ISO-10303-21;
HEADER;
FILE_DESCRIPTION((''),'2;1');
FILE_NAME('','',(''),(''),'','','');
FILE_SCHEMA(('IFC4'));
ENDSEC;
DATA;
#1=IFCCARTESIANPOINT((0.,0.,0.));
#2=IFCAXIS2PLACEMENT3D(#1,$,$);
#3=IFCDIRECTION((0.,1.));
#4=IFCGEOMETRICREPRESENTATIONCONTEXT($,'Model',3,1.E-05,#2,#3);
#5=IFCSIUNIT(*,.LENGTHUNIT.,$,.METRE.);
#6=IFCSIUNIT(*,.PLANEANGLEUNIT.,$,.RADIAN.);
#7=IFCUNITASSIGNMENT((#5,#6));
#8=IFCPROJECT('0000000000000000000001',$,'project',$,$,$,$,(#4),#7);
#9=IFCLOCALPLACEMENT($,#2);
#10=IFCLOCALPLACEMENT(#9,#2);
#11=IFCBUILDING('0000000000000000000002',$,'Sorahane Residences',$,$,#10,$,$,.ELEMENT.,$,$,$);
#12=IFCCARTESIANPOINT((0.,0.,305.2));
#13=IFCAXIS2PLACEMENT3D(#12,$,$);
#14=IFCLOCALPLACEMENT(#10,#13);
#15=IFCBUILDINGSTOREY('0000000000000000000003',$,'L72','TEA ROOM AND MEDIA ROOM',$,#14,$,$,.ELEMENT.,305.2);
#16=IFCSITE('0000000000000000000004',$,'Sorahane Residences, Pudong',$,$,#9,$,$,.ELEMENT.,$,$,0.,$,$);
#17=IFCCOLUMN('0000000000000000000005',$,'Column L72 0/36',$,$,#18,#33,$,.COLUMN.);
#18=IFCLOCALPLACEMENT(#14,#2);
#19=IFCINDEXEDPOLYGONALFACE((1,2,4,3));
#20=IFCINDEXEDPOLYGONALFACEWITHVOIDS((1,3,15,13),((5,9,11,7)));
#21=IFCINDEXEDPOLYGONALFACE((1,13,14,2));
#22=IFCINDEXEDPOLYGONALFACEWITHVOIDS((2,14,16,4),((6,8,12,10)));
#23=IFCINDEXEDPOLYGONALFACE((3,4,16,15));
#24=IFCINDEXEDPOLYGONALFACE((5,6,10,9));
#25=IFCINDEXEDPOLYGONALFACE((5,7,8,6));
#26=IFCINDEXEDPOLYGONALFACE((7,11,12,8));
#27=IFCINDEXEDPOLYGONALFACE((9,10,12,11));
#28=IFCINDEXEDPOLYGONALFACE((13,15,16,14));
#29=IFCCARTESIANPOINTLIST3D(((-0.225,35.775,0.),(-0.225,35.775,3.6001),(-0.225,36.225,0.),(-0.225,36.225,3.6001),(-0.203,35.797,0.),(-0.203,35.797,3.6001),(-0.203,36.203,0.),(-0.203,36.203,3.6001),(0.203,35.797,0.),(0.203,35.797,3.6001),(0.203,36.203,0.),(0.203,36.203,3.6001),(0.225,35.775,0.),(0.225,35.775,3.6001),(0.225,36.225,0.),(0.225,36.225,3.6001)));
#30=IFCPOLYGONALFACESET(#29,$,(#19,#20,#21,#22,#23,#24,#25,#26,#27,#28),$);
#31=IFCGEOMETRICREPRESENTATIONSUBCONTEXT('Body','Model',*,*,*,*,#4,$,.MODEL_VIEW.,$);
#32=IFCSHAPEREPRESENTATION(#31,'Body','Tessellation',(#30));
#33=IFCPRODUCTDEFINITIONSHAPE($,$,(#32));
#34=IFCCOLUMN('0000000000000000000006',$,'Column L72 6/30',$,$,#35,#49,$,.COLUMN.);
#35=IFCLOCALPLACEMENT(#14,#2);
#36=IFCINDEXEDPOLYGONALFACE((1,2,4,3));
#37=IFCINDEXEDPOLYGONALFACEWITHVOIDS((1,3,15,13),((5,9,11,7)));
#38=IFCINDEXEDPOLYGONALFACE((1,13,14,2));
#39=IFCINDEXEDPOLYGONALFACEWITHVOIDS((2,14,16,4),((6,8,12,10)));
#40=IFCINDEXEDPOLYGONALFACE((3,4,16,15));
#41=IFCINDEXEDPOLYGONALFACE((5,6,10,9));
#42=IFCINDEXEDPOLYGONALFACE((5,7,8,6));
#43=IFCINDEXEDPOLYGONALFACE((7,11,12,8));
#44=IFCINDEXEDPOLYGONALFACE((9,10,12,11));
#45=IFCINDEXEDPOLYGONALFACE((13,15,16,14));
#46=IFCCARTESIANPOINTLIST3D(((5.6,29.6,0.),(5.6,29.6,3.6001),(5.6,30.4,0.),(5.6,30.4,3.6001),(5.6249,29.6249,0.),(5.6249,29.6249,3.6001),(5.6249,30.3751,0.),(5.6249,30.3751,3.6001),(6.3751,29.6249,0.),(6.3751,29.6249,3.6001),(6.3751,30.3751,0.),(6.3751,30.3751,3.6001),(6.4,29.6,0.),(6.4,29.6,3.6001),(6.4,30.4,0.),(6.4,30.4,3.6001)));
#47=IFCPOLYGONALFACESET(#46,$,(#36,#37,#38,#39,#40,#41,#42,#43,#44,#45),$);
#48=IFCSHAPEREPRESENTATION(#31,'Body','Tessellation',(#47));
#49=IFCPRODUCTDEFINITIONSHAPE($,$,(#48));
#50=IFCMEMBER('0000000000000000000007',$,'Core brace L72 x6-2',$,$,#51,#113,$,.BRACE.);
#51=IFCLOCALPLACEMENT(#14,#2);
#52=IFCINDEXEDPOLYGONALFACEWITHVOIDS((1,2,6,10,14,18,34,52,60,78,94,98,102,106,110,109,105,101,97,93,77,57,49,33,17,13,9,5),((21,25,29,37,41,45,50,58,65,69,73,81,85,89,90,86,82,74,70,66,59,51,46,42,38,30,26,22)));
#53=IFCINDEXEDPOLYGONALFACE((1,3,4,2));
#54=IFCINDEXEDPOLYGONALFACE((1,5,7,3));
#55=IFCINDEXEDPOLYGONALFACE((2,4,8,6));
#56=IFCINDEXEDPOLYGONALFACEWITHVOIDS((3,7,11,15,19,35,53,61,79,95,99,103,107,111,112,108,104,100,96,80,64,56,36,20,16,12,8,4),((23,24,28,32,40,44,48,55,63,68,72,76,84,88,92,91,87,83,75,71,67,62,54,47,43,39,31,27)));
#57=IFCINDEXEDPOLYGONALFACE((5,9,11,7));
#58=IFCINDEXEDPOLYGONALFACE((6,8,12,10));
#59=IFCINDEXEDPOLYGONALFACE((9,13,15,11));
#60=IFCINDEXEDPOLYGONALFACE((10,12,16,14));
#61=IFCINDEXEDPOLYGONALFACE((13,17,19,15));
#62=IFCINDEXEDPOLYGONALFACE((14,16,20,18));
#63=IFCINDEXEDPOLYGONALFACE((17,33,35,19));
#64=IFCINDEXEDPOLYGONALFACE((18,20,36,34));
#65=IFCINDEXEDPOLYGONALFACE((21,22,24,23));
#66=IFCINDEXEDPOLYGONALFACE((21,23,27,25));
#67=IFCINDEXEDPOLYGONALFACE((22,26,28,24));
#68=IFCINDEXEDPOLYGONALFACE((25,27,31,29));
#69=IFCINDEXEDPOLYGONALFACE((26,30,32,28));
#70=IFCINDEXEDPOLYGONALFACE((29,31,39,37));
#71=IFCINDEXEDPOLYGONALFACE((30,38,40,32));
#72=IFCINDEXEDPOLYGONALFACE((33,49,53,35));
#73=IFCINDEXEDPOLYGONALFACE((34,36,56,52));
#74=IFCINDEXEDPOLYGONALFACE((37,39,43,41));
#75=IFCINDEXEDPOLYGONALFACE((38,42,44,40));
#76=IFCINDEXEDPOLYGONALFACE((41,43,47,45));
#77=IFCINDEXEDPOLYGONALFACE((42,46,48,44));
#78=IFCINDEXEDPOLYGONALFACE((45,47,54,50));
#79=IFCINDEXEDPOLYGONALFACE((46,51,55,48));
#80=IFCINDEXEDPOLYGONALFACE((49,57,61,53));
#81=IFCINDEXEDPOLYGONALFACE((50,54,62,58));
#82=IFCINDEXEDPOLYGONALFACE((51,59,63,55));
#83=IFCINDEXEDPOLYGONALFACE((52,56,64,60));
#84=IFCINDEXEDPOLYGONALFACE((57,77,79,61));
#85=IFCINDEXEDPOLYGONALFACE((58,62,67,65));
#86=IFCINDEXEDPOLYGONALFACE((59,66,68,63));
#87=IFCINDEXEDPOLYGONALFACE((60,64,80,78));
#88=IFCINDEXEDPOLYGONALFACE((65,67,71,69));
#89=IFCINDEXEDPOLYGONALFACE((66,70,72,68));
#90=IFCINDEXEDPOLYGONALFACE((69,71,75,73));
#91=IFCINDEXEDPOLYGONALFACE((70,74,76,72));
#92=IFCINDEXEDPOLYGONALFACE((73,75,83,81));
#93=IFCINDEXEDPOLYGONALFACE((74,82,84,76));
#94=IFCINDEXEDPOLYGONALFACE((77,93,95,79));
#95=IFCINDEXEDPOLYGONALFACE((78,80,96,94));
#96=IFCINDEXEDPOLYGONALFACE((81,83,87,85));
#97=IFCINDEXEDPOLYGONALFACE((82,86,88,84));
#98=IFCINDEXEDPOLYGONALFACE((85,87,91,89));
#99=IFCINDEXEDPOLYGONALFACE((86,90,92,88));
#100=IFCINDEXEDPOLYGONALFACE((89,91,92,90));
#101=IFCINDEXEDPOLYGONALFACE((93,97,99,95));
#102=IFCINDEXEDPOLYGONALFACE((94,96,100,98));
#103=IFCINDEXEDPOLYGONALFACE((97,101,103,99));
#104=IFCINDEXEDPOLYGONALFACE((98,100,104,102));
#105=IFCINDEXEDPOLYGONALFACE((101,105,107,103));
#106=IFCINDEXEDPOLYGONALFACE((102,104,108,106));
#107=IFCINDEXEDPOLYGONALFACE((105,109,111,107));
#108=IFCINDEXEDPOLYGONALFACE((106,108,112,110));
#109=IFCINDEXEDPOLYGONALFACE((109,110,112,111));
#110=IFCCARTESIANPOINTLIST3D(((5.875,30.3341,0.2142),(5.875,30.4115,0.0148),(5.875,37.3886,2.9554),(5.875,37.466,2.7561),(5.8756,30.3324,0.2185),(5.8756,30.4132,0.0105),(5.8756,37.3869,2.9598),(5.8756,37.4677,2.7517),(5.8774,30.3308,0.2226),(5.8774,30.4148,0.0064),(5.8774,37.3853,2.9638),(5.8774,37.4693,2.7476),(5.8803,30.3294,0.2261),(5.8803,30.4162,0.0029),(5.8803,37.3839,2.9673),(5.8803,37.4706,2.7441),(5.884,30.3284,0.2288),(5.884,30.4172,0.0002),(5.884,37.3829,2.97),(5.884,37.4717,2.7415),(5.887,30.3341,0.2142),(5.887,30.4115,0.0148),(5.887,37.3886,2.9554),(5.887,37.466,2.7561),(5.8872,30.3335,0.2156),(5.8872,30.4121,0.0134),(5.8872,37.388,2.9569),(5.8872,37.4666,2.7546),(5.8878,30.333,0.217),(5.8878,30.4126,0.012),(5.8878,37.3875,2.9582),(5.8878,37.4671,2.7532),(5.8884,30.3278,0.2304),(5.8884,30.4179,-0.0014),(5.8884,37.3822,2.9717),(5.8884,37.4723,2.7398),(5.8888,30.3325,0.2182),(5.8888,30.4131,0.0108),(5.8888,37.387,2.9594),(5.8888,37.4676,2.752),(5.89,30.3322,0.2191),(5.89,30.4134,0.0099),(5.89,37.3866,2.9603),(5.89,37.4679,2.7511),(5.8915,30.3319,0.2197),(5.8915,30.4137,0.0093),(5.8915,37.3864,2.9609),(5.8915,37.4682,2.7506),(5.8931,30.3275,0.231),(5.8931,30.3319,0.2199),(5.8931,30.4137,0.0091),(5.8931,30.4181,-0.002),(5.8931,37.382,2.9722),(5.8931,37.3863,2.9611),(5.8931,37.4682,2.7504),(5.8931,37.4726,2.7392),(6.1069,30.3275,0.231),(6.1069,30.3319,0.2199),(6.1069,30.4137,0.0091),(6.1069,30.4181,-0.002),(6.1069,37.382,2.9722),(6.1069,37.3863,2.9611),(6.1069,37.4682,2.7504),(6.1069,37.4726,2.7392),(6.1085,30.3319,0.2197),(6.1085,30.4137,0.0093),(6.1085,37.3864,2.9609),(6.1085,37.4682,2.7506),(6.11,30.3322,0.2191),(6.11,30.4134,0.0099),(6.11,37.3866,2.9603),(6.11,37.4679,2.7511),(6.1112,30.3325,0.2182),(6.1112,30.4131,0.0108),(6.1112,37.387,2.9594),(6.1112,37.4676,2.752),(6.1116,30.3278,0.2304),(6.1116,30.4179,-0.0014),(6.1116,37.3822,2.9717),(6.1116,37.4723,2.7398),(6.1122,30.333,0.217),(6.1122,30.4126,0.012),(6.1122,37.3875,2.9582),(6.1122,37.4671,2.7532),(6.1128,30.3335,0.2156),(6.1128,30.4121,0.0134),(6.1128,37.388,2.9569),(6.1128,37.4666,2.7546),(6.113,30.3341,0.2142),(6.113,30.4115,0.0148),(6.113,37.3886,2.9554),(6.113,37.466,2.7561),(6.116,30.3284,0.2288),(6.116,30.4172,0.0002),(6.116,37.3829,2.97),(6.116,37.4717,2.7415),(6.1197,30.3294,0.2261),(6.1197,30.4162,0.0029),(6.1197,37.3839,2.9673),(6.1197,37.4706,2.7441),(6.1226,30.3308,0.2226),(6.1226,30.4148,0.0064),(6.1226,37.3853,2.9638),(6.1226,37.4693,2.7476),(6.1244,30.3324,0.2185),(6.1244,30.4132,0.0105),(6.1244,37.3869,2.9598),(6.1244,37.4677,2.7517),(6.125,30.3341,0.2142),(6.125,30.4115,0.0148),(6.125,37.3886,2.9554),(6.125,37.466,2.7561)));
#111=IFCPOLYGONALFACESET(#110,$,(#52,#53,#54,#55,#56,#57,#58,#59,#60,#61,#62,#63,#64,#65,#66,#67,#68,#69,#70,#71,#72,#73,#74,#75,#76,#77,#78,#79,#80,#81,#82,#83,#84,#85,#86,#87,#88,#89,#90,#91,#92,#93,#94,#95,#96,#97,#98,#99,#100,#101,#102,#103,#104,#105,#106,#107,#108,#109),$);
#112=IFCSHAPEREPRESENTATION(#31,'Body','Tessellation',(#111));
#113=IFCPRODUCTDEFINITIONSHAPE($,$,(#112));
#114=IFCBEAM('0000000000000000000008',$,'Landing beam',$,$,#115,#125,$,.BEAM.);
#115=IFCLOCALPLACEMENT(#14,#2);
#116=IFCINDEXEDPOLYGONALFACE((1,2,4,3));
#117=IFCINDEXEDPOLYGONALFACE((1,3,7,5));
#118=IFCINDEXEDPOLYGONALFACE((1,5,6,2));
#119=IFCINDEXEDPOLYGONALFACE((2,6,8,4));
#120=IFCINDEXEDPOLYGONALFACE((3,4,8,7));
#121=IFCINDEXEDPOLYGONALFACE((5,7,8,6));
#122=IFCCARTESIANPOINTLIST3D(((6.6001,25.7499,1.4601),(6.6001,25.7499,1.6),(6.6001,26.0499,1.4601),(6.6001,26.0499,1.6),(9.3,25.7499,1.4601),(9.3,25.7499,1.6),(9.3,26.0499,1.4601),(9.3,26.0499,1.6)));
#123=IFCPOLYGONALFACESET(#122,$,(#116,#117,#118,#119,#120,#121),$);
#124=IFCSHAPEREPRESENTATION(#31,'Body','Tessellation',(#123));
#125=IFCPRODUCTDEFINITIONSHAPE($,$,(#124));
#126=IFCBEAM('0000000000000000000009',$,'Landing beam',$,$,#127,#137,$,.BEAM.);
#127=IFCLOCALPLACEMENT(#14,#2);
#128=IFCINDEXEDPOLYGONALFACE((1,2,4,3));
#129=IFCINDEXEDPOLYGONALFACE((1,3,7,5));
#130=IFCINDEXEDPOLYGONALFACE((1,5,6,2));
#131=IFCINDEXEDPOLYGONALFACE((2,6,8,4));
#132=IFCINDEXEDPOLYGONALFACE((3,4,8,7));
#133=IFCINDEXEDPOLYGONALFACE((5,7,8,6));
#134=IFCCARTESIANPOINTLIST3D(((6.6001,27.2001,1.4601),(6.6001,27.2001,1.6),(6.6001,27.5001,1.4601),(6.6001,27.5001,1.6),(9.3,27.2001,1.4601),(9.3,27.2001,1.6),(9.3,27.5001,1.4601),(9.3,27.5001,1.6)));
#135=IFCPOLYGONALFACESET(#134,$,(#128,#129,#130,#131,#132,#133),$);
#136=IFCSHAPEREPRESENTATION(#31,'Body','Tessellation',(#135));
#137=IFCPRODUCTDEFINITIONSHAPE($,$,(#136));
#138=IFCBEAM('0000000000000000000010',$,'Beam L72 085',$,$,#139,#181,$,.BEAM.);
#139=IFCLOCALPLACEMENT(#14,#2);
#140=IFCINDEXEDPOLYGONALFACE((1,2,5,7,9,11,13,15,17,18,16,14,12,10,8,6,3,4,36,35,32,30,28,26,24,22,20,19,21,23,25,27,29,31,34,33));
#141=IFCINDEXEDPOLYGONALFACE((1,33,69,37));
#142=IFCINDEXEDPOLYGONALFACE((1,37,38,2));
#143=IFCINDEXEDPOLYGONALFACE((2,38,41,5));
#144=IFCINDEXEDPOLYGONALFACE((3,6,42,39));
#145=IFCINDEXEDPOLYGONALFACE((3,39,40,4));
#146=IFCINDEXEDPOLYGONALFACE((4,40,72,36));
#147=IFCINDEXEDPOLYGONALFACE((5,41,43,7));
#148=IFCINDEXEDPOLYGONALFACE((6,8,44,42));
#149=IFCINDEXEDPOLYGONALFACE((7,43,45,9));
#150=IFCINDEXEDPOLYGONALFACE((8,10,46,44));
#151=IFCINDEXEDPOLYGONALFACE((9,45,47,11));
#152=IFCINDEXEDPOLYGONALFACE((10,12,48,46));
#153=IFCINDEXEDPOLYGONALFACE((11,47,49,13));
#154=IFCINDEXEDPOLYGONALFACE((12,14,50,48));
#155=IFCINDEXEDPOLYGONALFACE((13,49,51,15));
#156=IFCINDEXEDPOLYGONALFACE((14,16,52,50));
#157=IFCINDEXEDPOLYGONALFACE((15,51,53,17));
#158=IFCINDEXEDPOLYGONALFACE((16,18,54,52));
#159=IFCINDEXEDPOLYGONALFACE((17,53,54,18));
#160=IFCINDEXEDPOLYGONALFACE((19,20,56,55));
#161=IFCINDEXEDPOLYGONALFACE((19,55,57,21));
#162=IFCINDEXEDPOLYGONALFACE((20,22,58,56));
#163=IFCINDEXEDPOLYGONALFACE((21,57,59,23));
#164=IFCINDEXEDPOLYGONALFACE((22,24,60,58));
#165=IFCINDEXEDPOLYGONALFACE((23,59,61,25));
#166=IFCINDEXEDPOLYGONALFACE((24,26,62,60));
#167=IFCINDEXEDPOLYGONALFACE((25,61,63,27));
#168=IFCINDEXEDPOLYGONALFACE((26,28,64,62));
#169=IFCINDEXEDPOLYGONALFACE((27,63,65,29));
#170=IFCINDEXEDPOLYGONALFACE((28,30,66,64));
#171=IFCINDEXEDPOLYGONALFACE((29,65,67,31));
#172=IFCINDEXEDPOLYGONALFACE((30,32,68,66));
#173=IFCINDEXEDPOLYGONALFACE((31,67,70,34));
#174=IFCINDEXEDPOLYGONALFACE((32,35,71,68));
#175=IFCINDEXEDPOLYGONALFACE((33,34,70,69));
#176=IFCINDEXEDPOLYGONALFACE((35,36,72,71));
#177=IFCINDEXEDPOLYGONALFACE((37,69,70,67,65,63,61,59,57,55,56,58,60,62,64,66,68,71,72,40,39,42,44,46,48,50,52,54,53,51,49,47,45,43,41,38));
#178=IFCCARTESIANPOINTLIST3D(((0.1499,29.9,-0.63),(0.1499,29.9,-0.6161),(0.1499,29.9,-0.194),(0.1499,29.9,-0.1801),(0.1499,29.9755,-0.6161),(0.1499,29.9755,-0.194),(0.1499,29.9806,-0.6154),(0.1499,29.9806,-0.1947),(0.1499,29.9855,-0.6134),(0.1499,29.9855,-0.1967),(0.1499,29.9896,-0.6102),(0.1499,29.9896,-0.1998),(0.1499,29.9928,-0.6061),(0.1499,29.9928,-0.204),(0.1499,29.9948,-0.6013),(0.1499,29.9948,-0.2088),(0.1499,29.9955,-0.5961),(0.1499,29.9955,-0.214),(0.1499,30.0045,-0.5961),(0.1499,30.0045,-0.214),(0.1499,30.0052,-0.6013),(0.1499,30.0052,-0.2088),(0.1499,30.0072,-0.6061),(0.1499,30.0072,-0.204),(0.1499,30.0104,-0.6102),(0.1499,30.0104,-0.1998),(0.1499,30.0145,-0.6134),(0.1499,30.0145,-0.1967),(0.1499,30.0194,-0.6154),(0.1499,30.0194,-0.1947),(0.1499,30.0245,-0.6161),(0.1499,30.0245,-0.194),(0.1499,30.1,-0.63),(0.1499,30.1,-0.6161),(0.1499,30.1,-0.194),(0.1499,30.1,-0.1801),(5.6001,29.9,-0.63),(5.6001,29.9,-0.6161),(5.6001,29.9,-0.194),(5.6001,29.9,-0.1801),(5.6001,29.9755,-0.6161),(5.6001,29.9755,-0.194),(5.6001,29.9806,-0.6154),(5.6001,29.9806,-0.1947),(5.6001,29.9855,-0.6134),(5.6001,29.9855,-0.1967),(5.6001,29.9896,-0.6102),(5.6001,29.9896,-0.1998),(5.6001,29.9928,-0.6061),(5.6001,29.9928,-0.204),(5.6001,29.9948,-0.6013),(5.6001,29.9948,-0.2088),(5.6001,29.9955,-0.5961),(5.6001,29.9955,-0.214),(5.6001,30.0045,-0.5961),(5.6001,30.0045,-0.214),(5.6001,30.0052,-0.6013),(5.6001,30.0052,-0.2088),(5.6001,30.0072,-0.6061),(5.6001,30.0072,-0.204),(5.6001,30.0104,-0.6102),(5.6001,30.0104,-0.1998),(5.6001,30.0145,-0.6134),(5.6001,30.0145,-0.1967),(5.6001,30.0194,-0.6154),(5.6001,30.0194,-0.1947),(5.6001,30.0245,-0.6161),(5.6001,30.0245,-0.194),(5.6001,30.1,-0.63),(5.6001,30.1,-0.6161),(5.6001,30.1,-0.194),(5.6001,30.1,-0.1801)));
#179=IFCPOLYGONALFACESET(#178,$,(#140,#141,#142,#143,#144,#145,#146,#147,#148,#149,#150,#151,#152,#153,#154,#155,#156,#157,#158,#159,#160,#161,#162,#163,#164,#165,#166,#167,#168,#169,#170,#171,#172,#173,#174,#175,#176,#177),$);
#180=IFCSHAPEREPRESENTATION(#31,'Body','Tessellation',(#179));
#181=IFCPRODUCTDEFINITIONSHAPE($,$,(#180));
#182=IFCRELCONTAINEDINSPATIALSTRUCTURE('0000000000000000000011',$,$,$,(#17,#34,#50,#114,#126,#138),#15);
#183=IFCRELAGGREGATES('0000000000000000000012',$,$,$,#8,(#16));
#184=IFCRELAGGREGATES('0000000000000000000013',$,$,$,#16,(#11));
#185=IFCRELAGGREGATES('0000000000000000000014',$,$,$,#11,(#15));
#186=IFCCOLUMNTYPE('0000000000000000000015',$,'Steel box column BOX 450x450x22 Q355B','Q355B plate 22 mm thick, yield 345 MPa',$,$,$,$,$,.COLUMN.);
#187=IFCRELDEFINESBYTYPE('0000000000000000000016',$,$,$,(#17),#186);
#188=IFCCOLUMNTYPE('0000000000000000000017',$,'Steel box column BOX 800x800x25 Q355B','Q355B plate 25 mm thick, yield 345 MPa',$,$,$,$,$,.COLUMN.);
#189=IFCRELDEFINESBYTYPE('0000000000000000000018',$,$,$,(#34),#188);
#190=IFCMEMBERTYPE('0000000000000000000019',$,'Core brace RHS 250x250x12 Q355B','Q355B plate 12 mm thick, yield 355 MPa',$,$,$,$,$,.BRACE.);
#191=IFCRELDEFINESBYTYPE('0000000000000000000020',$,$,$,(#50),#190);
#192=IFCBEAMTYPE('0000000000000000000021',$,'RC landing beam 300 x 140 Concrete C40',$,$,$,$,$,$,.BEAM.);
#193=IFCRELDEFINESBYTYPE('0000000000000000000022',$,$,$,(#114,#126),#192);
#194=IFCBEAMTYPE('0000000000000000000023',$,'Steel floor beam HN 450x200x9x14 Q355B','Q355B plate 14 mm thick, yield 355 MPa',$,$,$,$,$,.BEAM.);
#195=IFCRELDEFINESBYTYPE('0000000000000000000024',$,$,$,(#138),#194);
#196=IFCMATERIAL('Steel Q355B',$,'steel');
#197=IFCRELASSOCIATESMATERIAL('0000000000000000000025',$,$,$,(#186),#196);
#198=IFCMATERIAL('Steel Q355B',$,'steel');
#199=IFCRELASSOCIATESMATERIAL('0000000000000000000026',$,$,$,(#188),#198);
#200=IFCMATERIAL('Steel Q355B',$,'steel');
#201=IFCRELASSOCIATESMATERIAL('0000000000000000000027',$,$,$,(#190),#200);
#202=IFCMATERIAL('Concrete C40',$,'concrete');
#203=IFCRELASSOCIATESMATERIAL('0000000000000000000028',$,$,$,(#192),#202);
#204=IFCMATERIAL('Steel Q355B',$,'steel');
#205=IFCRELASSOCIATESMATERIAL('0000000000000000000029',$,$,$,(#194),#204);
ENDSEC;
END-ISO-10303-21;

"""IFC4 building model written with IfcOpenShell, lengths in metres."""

from ifc_helpers import new_model, si_unit, direction, frame, origin, origin_2d, place, context, subcontext, project, spatial, rectangle, hollow_rectangle, i_section, extrude, material, material_profile, profile_set, type_object, element, save


model = new_model("IFC4")

# Units and contexts
model_context = context("Model", 3, precision=1e-05, world=origin(), true_north=direction((0.0, 1.0)))
body_context = subcontext(model_context, "Body", "Model", "MODEL_VIEW")
ifc_project = project(units=[si_unit("LENGTHUNIT", "METRE"), si_unit("PLANEANGLEUNIT", "RADIAN")], contexts=[model_context])

# Site, building, storey
site_placement = place(None, origin())
site = spatial("IfcSite", under=ifc_project, at=site_placement, Name="Sorahane Residences, Pudong", CompositionType="ELEMENT", RefElevation=0.0)
building_placement = place(site_placement, origin())
building = spatial("IfcBuilding", under=site, at=building_placement, Name="Sorahane Residences", CompositionType="ELEMENT")
storey_placement = place(building_placement, frame((0.0, 0.0, 305.2)))
storey = spatial("IfcBuildingStorey", under=building, at=storey_placement, Name="L72", Description="TEA ROOM AND MEDIA ROOM", CompositionType="ELEMENT", Elevation=305.2)

# Columns
ifc_material_1 = material(Name="Steel Q355B", Category="steel")
ifc_material_profile_1 = material_profile(ifc_material_1, hollow_rectangle(XDim=0.45, YDim=0.45, WallThickness=0.022, at=origin_2d()), Name="BOX 450x450x22")
ifc_profile_set_1 = profile_set([ifc_material_profile_1], Name="Steel Q355B")
column_type_1 = type_object("IfcColumnType", Name="Steel box column BOX 450x450x22 Q355B", Description="Q355B plate 22 mm thick, yield 345 MPa", PredefinedType="COLUMN", material=ifc_profile_set_1)
column_1_placement = place(storey_placement, frame((0.0, 36.0, 0.0), z_axis=(0.0, 0.0, 1.0), x_axis=(1.0, 0.0, 0.0)))
element("IfcColumn", 1, at=column_1_placement, inside=storey, type_object=column_type_1, Name="Column L72 0/36", PredefinedType="COLUMN", context=body_context, shape_type="SweptSolid", body=[
    extrude(hollow_rectangle(XDim=0.45, YDim=0.45, WallThickness=0.022, at=origin_2d()), origin(), (0.0, 0.0, 1.0), 3.6001),
])
ifc_material_2 = material(Name="Steel Q355B", Category="steel")
ifc_material_profile_2 = material_profile(ifc_material_2, hollow_rectangle(XDim=0.8, YDim=0.8, WallThickness=0.0249, at=origin_2d()), Name="BOX 800x800x25")
ifc_profile_set_2 = profile_set([ifc_material_profile_2], Name="Steel Q355B")
column_type_2 = type_object("IfcColumnType", Name="Steel box column BOX 800x800x25 Q355B", Description="Q355B plate 25 mm thick, yield 345 MPa", PredefinedType="COLUMN", material=ifc_profile_set_2)
column_2_placement = place(storey_placement, frame((6.0, 30.0, 0.0), z_axis=(0.0, 0.0, 1.0), x_axis=(1.0, 0.0, 0.0)))
element("IfcColumn", 2, at=column_2_placement, inside=storey, type_object=column_type_2, Name="Column L72 6/30", PredefinedType="COLUMN", context=body_context, shape_type="SweptSolid", body=[
    extrude(hollow_rectangle(XDim=0.8, YDim=0.8, WallThickness=0.0249, at=origin_2d()), origin(), (0.0, 0.0, 1.0), 3.6001),
])

# Member
ifc_material_3 = material(Name="Steel Q355B", Category="steel")
ifc_material_profile_3 = material_profile(ifc_material_3, hollow_rectangle(XDim=0.25, YDim=0.25, WallThickness=0.012, InnerFilletRadius=0.0061, OuterFilletRadius=0.0181, at=origin_2d()), Name="RHS 250x250x12")
ifc_profile_set_3 = profile_set([ifc_material_profile_3], Name="Steel Q355B")
member_type = type_object("IfcMemberType", Name="Core brace RHS 250x250x12 Q355B", Description="Q355B plate 12 mm thick, yield 355 MPa", PredefinedType="BRACE", material=ifc_profile_set_3)
member_placement = place(storey_placement, frame((6.0, 30.3728, 0.1145), z_axis=(0.0, 0.932102, 0.362196), x_axis=(-1.0, 0.0, 0.0)))
element("IfcMember", 3, at=member_placement, inside=storey, type_object=member_type, Name="Core brace L72 x6-2", PredefinedType="BRACE", context=body_context, shape_type="SweptSolid", body=[
    extrude(hollow_rectangle(XDim=0.25, YDim=0.25, WallThickness=0.012, InnerFilletRadius=0.0061, OuterFilletRadius=0.0181, at=origin_2d()), origin(), (0.0, 0.0, 1.0), 7.5684),
])

# Beams
ifc_material_4 = material(Name="Concrete C40", Category="concrete")
ifc_material_profile_4 = material_profile(ifc_material_4, rectangle(XDim=0.3, YDim=0.1399, at=origin_2d()), Name="300x140")
ifc_profile_set_4 = profile_set([ifc_material_profile_4], Name="Concrete C40")
beam_type_1 = type_object("IfcBeamType", Name="RC landing beam 300 x 140 Concrete C40", PredefinedType="BEAM", material=ifc_profile_set_4)
for number, where, z_axis, x_axis, name in (
    (4, (6.6001, 25.8999, 1.53), (1.0, 0.0, 0.0), (0.0, 1.0, 0.0), "Landing beam"),
    (5, (6.6001, 27.3501, 1.53), (1.0, 0.0, 0.0), (0.0, 1.0, 0.0), "Landing beam"),
):
    element("IfcBeam", number, at=place(storey_placement, frame(where, z_axis=z_axis, x_axis=x_axis)), inside=storey, type_object=beam_type_1, Name=name, PredefinedType="BEAM", context=body_context, shape_type="SweptSolid", body=[
        extrude(rectangle(XDim=0.3, YDim=0.1399, at=origin_2d()), origin(), (0.0, 0.0, 1.0), 2.7),
    ])
ifc_material_5 = material(Name="Steel Q355B", Category="steel")
ifc_material_profile_5 = material_profile(ifc_material_5, i_section(OverallWidth=0.2, OverallDepth=0.45, WebThickness=0.009, FlangeThickness=0.0139, FilletRadius=0.02, at=origin_2d()), Name="HN 450x200x9x14")
ifc_profile_set_5 = profile_set([ifc_material_profile_5], Name="Steel Q355B")
beam_type_2 = type_object("IfcBeamType", Name="Steel floor beam HN 450x200x9x14 Q355B", Description="Q355B plate 14 mm thick, yield 355 MPa", PredefinedType="BEAM", material=ifc_profile_set_5)
beam_1_placement = place(storey_placement, frame((0.1499, 30.0, -0.405), z_axis=(1.0, 0.0, 0.0), x_axis=(0.0, 1.0, 0.0)))
element("IfcBeam", 6, at=beam_1_placement, inside=storey, type_object=beam_type_2, Name="Beam L72 085", PredefinedType="BEAM", context=body_context, shape_type="SweptSolid", body=[
    extrude(i_section(OverallWidth=0.2, OverallDepth=0.45, WebThickness=0.009, FlangeThickness=0.0139, FilletRadius=0.02, at=origin_2d()), origin(), (0.0, 0.0, 1.0), 5.4502),
])

save(model, "model.ifc")
